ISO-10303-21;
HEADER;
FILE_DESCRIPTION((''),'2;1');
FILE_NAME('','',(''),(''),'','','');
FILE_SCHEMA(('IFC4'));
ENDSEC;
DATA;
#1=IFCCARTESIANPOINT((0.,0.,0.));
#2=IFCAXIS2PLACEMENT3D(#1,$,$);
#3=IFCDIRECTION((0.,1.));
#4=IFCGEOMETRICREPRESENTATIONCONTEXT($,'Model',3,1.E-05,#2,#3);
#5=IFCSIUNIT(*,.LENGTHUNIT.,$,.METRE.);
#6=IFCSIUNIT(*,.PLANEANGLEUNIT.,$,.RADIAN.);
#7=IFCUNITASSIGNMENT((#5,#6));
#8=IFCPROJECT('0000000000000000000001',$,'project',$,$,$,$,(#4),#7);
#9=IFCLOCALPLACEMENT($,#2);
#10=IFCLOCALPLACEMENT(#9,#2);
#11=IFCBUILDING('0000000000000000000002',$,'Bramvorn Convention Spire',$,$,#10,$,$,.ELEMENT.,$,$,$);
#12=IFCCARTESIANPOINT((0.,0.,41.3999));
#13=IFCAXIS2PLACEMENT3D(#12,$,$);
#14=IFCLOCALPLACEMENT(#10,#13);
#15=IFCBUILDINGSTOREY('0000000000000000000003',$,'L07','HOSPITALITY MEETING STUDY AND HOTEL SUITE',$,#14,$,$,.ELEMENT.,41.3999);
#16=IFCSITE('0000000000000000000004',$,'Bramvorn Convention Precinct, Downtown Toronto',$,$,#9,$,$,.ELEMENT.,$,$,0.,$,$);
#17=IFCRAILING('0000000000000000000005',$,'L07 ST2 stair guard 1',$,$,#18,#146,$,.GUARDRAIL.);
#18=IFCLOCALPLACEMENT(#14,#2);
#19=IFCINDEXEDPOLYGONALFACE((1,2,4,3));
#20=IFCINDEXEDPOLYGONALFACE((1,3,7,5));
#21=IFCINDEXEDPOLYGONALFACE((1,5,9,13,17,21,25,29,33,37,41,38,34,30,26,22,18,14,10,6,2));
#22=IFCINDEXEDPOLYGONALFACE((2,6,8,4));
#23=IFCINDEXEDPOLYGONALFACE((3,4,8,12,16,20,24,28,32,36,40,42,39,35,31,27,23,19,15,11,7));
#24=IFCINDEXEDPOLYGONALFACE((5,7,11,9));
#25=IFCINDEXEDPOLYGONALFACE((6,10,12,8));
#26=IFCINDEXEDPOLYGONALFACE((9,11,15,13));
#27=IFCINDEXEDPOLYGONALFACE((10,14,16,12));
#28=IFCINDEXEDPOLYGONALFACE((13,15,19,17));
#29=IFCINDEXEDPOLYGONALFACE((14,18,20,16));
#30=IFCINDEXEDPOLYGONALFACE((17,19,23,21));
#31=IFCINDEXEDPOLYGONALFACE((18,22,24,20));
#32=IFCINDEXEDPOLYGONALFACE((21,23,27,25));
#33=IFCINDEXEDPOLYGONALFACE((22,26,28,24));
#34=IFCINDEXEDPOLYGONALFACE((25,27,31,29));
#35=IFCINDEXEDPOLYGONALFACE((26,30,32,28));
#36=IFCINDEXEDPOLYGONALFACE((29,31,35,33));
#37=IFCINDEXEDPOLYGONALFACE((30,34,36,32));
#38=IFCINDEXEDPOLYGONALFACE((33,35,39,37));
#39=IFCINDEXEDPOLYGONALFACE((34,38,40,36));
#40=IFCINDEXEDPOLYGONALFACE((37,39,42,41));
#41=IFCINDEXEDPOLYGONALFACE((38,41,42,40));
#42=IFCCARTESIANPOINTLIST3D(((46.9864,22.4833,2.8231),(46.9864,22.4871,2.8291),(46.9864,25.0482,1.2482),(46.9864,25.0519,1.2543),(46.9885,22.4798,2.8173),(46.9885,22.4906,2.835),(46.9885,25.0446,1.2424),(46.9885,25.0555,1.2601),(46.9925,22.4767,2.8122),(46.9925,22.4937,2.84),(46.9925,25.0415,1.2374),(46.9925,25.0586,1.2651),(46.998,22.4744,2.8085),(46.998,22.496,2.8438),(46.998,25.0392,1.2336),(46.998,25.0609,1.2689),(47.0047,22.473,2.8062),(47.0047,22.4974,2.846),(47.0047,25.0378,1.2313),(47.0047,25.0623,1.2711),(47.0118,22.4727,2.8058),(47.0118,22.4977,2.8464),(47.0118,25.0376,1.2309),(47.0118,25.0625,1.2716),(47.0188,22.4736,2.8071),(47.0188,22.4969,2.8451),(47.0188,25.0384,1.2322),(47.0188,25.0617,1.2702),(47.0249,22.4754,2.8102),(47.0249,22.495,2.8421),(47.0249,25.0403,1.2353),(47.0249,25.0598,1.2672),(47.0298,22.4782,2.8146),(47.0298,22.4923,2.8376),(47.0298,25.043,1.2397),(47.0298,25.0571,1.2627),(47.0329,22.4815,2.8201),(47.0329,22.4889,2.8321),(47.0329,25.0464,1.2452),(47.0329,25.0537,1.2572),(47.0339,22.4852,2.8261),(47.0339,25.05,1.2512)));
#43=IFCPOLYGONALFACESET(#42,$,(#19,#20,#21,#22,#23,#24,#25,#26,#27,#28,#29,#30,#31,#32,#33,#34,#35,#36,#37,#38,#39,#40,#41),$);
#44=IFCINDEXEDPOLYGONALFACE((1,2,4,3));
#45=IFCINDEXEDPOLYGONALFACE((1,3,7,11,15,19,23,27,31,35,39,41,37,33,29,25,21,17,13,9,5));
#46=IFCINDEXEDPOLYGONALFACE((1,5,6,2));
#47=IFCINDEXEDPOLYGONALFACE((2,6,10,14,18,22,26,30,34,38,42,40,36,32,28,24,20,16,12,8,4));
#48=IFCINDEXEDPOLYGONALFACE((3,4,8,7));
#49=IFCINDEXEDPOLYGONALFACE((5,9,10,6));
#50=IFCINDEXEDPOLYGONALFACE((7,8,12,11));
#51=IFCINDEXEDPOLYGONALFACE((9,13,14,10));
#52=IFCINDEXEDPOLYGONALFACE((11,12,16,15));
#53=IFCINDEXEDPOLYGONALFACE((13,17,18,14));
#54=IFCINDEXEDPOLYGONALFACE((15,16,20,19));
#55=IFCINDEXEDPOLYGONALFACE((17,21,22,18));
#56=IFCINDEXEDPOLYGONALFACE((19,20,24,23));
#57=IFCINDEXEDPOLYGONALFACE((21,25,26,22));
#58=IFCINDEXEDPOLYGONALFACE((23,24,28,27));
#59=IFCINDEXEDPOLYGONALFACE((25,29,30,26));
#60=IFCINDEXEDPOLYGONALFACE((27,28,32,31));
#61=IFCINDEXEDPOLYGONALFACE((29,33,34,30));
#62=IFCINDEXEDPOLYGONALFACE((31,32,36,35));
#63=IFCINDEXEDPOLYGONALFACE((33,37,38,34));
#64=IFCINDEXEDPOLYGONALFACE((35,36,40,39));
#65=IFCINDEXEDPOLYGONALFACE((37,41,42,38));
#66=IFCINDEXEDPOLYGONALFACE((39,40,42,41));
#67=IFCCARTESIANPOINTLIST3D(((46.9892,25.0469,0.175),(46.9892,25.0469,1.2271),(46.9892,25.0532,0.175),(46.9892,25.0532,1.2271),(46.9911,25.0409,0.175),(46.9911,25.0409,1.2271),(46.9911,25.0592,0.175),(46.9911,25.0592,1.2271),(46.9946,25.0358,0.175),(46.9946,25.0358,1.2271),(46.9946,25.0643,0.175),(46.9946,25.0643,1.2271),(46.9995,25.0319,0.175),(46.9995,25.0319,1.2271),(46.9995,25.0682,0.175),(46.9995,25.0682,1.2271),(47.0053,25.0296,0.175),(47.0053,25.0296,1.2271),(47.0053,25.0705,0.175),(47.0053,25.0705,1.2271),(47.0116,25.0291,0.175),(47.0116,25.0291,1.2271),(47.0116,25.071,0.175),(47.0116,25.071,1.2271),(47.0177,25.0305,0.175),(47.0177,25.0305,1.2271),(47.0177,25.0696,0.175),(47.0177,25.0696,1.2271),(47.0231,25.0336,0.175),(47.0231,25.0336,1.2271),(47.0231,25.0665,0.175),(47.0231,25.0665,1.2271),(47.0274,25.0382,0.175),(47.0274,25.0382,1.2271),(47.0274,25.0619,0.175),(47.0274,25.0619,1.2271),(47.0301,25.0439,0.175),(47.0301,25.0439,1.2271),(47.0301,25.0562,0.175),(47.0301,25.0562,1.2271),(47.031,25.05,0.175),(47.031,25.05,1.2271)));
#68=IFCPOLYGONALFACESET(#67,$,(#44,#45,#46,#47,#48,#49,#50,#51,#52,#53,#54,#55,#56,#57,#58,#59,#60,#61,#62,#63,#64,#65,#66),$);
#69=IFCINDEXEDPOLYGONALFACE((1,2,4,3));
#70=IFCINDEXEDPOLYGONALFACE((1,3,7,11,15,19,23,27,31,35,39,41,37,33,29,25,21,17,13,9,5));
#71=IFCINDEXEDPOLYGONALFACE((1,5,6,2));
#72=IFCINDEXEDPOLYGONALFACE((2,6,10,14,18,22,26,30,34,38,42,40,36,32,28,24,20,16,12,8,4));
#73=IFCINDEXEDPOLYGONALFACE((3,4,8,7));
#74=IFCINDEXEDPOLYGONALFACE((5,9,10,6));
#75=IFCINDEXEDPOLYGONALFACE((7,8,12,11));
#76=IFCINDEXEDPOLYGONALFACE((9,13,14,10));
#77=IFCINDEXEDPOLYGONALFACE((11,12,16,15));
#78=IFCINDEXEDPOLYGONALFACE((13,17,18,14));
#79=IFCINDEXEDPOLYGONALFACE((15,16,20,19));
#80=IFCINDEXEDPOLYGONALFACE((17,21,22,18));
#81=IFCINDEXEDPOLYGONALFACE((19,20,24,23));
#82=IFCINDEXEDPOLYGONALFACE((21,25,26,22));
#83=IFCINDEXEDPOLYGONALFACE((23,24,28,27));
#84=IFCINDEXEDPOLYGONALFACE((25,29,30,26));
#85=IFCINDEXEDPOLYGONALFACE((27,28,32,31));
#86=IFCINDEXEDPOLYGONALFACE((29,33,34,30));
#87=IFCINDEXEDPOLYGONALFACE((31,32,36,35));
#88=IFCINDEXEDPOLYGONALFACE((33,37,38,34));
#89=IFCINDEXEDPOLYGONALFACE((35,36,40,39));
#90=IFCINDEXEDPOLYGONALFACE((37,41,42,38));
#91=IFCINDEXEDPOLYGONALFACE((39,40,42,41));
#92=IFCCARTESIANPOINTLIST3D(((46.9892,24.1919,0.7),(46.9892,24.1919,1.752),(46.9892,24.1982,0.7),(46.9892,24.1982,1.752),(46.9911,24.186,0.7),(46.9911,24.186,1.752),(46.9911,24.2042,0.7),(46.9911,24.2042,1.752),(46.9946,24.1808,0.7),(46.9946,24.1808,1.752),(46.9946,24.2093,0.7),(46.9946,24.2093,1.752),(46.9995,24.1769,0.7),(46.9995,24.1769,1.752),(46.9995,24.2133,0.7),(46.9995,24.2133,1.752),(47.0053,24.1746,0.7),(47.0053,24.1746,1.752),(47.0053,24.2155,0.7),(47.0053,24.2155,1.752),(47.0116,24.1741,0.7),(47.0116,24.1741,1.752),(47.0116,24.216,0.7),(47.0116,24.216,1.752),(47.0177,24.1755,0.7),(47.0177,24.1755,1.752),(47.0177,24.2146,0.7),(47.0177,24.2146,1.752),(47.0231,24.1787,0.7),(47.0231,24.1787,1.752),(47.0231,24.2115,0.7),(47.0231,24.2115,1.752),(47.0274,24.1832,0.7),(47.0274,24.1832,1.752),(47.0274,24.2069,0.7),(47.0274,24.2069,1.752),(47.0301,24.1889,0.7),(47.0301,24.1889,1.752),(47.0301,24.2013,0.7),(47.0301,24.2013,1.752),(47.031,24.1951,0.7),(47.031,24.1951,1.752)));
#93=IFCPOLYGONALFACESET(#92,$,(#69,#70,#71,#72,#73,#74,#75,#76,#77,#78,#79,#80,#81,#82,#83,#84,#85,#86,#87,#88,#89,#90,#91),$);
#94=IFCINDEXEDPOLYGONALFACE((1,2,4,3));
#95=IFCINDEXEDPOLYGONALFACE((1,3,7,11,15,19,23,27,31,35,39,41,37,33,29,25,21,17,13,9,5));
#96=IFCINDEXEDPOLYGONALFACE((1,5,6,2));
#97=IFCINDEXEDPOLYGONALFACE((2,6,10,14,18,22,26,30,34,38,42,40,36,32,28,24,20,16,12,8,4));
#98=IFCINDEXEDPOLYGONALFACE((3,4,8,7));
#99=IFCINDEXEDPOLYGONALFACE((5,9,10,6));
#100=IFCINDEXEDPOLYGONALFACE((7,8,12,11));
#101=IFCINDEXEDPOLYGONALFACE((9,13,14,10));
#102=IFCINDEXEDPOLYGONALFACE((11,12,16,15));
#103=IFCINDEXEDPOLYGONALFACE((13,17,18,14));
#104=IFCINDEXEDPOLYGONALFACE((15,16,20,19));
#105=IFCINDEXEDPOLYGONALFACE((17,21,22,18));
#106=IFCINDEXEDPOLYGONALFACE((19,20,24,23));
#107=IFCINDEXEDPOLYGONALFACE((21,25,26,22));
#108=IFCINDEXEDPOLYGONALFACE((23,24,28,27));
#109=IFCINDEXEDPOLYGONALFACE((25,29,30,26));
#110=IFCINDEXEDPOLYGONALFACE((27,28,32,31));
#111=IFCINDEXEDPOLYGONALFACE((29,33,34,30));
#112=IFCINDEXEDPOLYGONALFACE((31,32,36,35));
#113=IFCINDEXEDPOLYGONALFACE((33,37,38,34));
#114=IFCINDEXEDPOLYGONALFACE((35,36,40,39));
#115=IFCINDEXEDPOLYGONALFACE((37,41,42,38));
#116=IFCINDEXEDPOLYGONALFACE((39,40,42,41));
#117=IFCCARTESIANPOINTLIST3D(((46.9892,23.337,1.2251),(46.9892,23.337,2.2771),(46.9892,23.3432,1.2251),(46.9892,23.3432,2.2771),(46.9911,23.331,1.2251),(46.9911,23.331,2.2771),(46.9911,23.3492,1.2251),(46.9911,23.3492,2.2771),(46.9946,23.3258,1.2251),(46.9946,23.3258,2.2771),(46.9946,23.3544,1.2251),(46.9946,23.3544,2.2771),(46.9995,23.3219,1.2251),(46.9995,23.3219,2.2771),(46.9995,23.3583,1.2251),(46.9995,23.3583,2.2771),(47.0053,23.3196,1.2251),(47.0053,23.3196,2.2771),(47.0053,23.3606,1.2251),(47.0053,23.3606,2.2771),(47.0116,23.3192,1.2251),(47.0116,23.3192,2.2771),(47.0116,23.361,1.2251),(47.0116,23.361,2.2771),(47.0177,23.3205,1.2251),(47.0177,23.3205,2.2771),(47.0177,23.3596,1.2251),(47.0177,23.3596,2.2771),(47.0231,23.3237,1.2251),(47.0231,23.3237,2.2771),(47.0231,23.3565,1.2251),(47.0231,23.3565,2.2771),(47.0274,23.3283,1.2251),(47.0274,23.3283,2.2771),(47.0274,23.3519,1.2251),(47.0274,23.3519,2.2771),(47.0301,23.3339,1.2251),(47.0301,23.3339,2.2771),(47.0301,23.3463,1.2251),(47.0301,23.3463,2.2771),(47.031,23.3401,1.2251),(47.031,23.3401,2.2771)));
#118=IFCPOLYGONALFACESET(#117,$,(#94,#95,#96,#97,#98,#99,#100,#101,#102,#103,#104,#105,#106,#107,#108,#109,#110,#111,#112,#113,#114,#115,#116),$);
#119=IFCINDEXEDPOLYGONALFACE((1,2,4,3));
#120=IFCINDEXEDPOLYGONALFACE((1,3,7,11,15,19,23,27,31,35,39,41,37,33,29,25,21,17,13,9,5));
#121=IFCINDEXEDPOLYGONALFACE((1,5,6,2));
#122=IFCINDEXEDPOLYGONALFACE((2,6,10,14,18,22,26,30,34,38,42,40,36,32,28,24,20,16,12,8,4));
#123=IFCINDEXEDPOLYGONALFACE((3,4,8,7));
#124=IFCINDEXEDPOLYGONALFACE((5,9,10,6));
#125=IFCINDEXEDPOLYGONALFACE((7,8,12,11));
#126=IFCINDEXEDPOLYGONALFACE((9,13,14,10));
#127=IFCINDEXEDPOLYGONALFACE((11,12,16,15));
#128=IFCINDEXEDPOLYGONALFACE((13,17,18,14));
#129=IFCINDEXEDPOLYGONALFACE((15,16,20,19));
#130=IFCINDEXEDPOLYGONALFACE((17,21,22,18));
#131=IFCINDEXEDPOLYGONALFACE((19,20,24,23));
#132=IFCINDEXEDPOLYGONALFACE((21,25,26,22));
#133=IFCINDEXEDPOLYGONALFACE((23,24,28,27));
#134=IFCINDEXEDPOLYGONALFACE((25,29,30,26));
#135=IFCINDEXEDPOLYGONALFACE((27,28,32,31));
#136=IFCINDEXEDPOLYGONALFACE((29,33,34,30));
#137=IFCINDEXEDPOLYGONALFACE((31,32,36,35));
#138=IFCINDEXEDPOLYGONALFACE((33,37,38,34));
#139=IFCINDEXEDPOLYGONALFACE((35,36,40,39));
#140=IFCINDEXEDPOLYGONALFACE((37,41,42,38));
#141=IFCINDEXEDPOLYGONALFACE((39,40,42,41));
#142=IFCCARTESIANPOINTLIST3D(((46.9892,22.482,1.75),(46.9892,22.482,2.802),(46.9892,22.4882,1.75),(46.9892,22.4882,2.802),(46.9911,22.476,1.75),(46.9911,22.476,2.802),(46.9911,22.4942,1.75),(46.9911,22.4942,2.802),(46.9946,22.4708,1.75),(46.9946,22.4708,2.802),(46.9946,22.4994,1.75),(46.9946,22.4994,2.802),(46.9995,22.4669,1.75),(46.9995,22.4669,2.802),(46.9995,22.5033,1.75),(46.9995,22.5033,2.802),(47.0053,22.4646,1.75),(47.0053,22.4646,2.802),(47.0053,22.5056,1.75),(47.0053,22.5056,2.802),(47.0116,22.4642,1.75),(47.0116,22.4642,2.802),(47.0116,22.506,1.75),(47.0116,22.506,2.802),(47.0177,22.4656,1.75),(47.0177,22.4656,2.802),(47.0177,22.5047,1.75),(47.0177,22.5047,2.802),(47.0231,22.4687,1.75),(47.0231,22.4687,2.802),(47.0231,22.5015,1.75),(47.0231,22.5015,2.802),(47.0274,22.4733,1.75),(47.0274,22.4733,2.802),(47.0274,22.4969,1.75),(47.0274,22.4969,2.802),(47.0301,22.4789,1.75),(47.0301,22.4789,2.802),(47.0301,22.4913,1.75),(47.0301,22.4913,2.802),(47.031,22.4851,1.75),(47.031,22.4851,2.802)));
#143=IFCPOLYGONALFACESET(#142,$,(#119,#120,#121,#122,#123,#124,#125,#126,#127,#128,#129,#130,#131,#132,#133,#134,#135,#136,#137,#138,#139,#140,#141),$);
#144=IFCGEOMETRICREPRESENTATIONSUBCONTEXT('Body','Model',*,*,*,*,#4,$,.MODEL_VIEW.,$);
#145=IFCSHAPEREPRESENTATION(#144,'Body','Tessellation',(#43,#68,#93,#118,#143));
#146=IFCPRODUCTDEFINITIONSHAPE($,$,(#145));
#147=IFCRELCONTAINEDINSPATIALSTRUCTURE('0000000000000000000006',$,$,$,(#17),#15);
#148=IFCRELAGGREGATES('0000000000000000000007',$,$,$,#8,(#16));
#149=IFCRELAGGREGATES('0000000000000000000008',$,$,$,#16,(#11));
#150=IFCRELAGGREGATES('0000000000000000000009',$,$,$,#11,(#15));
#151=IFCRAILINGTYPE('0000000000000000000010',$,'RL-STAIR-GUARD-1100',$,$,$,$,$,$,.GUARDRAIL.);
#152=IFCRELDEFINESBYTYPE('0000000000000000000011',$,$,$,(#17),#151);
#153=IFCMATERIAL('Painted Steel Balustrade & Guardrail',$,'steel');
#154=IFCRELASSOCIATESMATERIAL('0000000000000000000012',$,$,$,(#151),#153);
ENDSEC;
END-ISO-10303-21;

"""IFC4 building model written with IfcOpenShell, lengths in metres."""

from ifc_helpers import new_model, si_unit, direction, frame, origin, origin_2d, place, context, subcontext, project, spatial, circle, extrude, material, type_object, element, save


model = new_model("IFC4")

# Units and contexts
model_context = context("Model", 3, precision=1e-05, world=origin(), true_north=direction((0.0, 1.0)))
body_context = subcontext(model_context, "Body", "Model", "MODEL_VIEW")
ifc_project = project(units=[si_unit("LENGTHUNIT", "METRE"), si_unit("PLANEANGLEUNIT", "RADIAN")], contexts=[model_context])

# Site, building, storey
site_placement = place(None, origin())
site = spatial("IfcSite", under=ifc_project, at=site_placement, Name="Bramvorn Convention Precinct, Downtown Toronto", CompositionType="ELEMENT", RefElevation=0.0)
building_placement = place(site_placement, origin())
building = spatial("IfcBuilding", under=site, at=building_placement, Name="Bramvorn Convention Spire", CompositionType="ELEMENT")
storey_placement = place(building_placement, frame((0.0, 0.0, 41.3999)))
storey = spatial("IfcBuildingStorey", under=building, at=storey_placement, Name="L07", Description="HOSPITALITY MEETING STUDY AND HOTEL SUITE", CompositionType="ELEMENT", Elevation=41.3999)

# Railing
ifc_material_1 = material(Name="Painted Steel Balustrade & Guardrail", Category="steel")
railing_type_1 = type_object("IfcRailingType", Name="RL-STAIR-GUARD-1100", PredefinedType="GUARDRAIL", material=ifc_material_1)
railing_1_placement = place(storey_placement, frame((47.01, 25.05, 0.175)))
element("IfcRailing", 1, at=railing_1_placement, inside=storey, type_object=railing_type_1, Name="L07 ST2 stair guard 1", PredefinedType="GUARDRAIL", context=body_context, shape_type="SweptSolid", body=[
    extrude(circle(Radius=0.0239, at=origin_2d()), frame((0.0, 0.0, 1.0762), z_axis=(0.0, -0.852173, 0.52326), x_axis=(1.0, 0.0, 0.0)), (0.0, 0.0, 1.0), 3.0098),
    extrude(circle(Radius=0.021, at=origin_2d()), origin(), (0.0, 0.0, 1.0), 1.052),
    extrude(circle(Radius=0.021, at=origin_2d()), frame((0.0, -0.855, 0.5249)), (0.0, 0.0, 1.0), 1.052),
    extrude(circle(Radius=0.021, at=origin_2d()), frame((0.0, -1.71, 1.05)), (0.0, 0.0, 1.0), 1.052),
    extrude(circle(Radius=0.021, at=origin_2d()), frame((0.0, -2.5649, 1.575)), (0.0, 0.0, 1.0), 1.052),
])

save(model, "model.ifc")
